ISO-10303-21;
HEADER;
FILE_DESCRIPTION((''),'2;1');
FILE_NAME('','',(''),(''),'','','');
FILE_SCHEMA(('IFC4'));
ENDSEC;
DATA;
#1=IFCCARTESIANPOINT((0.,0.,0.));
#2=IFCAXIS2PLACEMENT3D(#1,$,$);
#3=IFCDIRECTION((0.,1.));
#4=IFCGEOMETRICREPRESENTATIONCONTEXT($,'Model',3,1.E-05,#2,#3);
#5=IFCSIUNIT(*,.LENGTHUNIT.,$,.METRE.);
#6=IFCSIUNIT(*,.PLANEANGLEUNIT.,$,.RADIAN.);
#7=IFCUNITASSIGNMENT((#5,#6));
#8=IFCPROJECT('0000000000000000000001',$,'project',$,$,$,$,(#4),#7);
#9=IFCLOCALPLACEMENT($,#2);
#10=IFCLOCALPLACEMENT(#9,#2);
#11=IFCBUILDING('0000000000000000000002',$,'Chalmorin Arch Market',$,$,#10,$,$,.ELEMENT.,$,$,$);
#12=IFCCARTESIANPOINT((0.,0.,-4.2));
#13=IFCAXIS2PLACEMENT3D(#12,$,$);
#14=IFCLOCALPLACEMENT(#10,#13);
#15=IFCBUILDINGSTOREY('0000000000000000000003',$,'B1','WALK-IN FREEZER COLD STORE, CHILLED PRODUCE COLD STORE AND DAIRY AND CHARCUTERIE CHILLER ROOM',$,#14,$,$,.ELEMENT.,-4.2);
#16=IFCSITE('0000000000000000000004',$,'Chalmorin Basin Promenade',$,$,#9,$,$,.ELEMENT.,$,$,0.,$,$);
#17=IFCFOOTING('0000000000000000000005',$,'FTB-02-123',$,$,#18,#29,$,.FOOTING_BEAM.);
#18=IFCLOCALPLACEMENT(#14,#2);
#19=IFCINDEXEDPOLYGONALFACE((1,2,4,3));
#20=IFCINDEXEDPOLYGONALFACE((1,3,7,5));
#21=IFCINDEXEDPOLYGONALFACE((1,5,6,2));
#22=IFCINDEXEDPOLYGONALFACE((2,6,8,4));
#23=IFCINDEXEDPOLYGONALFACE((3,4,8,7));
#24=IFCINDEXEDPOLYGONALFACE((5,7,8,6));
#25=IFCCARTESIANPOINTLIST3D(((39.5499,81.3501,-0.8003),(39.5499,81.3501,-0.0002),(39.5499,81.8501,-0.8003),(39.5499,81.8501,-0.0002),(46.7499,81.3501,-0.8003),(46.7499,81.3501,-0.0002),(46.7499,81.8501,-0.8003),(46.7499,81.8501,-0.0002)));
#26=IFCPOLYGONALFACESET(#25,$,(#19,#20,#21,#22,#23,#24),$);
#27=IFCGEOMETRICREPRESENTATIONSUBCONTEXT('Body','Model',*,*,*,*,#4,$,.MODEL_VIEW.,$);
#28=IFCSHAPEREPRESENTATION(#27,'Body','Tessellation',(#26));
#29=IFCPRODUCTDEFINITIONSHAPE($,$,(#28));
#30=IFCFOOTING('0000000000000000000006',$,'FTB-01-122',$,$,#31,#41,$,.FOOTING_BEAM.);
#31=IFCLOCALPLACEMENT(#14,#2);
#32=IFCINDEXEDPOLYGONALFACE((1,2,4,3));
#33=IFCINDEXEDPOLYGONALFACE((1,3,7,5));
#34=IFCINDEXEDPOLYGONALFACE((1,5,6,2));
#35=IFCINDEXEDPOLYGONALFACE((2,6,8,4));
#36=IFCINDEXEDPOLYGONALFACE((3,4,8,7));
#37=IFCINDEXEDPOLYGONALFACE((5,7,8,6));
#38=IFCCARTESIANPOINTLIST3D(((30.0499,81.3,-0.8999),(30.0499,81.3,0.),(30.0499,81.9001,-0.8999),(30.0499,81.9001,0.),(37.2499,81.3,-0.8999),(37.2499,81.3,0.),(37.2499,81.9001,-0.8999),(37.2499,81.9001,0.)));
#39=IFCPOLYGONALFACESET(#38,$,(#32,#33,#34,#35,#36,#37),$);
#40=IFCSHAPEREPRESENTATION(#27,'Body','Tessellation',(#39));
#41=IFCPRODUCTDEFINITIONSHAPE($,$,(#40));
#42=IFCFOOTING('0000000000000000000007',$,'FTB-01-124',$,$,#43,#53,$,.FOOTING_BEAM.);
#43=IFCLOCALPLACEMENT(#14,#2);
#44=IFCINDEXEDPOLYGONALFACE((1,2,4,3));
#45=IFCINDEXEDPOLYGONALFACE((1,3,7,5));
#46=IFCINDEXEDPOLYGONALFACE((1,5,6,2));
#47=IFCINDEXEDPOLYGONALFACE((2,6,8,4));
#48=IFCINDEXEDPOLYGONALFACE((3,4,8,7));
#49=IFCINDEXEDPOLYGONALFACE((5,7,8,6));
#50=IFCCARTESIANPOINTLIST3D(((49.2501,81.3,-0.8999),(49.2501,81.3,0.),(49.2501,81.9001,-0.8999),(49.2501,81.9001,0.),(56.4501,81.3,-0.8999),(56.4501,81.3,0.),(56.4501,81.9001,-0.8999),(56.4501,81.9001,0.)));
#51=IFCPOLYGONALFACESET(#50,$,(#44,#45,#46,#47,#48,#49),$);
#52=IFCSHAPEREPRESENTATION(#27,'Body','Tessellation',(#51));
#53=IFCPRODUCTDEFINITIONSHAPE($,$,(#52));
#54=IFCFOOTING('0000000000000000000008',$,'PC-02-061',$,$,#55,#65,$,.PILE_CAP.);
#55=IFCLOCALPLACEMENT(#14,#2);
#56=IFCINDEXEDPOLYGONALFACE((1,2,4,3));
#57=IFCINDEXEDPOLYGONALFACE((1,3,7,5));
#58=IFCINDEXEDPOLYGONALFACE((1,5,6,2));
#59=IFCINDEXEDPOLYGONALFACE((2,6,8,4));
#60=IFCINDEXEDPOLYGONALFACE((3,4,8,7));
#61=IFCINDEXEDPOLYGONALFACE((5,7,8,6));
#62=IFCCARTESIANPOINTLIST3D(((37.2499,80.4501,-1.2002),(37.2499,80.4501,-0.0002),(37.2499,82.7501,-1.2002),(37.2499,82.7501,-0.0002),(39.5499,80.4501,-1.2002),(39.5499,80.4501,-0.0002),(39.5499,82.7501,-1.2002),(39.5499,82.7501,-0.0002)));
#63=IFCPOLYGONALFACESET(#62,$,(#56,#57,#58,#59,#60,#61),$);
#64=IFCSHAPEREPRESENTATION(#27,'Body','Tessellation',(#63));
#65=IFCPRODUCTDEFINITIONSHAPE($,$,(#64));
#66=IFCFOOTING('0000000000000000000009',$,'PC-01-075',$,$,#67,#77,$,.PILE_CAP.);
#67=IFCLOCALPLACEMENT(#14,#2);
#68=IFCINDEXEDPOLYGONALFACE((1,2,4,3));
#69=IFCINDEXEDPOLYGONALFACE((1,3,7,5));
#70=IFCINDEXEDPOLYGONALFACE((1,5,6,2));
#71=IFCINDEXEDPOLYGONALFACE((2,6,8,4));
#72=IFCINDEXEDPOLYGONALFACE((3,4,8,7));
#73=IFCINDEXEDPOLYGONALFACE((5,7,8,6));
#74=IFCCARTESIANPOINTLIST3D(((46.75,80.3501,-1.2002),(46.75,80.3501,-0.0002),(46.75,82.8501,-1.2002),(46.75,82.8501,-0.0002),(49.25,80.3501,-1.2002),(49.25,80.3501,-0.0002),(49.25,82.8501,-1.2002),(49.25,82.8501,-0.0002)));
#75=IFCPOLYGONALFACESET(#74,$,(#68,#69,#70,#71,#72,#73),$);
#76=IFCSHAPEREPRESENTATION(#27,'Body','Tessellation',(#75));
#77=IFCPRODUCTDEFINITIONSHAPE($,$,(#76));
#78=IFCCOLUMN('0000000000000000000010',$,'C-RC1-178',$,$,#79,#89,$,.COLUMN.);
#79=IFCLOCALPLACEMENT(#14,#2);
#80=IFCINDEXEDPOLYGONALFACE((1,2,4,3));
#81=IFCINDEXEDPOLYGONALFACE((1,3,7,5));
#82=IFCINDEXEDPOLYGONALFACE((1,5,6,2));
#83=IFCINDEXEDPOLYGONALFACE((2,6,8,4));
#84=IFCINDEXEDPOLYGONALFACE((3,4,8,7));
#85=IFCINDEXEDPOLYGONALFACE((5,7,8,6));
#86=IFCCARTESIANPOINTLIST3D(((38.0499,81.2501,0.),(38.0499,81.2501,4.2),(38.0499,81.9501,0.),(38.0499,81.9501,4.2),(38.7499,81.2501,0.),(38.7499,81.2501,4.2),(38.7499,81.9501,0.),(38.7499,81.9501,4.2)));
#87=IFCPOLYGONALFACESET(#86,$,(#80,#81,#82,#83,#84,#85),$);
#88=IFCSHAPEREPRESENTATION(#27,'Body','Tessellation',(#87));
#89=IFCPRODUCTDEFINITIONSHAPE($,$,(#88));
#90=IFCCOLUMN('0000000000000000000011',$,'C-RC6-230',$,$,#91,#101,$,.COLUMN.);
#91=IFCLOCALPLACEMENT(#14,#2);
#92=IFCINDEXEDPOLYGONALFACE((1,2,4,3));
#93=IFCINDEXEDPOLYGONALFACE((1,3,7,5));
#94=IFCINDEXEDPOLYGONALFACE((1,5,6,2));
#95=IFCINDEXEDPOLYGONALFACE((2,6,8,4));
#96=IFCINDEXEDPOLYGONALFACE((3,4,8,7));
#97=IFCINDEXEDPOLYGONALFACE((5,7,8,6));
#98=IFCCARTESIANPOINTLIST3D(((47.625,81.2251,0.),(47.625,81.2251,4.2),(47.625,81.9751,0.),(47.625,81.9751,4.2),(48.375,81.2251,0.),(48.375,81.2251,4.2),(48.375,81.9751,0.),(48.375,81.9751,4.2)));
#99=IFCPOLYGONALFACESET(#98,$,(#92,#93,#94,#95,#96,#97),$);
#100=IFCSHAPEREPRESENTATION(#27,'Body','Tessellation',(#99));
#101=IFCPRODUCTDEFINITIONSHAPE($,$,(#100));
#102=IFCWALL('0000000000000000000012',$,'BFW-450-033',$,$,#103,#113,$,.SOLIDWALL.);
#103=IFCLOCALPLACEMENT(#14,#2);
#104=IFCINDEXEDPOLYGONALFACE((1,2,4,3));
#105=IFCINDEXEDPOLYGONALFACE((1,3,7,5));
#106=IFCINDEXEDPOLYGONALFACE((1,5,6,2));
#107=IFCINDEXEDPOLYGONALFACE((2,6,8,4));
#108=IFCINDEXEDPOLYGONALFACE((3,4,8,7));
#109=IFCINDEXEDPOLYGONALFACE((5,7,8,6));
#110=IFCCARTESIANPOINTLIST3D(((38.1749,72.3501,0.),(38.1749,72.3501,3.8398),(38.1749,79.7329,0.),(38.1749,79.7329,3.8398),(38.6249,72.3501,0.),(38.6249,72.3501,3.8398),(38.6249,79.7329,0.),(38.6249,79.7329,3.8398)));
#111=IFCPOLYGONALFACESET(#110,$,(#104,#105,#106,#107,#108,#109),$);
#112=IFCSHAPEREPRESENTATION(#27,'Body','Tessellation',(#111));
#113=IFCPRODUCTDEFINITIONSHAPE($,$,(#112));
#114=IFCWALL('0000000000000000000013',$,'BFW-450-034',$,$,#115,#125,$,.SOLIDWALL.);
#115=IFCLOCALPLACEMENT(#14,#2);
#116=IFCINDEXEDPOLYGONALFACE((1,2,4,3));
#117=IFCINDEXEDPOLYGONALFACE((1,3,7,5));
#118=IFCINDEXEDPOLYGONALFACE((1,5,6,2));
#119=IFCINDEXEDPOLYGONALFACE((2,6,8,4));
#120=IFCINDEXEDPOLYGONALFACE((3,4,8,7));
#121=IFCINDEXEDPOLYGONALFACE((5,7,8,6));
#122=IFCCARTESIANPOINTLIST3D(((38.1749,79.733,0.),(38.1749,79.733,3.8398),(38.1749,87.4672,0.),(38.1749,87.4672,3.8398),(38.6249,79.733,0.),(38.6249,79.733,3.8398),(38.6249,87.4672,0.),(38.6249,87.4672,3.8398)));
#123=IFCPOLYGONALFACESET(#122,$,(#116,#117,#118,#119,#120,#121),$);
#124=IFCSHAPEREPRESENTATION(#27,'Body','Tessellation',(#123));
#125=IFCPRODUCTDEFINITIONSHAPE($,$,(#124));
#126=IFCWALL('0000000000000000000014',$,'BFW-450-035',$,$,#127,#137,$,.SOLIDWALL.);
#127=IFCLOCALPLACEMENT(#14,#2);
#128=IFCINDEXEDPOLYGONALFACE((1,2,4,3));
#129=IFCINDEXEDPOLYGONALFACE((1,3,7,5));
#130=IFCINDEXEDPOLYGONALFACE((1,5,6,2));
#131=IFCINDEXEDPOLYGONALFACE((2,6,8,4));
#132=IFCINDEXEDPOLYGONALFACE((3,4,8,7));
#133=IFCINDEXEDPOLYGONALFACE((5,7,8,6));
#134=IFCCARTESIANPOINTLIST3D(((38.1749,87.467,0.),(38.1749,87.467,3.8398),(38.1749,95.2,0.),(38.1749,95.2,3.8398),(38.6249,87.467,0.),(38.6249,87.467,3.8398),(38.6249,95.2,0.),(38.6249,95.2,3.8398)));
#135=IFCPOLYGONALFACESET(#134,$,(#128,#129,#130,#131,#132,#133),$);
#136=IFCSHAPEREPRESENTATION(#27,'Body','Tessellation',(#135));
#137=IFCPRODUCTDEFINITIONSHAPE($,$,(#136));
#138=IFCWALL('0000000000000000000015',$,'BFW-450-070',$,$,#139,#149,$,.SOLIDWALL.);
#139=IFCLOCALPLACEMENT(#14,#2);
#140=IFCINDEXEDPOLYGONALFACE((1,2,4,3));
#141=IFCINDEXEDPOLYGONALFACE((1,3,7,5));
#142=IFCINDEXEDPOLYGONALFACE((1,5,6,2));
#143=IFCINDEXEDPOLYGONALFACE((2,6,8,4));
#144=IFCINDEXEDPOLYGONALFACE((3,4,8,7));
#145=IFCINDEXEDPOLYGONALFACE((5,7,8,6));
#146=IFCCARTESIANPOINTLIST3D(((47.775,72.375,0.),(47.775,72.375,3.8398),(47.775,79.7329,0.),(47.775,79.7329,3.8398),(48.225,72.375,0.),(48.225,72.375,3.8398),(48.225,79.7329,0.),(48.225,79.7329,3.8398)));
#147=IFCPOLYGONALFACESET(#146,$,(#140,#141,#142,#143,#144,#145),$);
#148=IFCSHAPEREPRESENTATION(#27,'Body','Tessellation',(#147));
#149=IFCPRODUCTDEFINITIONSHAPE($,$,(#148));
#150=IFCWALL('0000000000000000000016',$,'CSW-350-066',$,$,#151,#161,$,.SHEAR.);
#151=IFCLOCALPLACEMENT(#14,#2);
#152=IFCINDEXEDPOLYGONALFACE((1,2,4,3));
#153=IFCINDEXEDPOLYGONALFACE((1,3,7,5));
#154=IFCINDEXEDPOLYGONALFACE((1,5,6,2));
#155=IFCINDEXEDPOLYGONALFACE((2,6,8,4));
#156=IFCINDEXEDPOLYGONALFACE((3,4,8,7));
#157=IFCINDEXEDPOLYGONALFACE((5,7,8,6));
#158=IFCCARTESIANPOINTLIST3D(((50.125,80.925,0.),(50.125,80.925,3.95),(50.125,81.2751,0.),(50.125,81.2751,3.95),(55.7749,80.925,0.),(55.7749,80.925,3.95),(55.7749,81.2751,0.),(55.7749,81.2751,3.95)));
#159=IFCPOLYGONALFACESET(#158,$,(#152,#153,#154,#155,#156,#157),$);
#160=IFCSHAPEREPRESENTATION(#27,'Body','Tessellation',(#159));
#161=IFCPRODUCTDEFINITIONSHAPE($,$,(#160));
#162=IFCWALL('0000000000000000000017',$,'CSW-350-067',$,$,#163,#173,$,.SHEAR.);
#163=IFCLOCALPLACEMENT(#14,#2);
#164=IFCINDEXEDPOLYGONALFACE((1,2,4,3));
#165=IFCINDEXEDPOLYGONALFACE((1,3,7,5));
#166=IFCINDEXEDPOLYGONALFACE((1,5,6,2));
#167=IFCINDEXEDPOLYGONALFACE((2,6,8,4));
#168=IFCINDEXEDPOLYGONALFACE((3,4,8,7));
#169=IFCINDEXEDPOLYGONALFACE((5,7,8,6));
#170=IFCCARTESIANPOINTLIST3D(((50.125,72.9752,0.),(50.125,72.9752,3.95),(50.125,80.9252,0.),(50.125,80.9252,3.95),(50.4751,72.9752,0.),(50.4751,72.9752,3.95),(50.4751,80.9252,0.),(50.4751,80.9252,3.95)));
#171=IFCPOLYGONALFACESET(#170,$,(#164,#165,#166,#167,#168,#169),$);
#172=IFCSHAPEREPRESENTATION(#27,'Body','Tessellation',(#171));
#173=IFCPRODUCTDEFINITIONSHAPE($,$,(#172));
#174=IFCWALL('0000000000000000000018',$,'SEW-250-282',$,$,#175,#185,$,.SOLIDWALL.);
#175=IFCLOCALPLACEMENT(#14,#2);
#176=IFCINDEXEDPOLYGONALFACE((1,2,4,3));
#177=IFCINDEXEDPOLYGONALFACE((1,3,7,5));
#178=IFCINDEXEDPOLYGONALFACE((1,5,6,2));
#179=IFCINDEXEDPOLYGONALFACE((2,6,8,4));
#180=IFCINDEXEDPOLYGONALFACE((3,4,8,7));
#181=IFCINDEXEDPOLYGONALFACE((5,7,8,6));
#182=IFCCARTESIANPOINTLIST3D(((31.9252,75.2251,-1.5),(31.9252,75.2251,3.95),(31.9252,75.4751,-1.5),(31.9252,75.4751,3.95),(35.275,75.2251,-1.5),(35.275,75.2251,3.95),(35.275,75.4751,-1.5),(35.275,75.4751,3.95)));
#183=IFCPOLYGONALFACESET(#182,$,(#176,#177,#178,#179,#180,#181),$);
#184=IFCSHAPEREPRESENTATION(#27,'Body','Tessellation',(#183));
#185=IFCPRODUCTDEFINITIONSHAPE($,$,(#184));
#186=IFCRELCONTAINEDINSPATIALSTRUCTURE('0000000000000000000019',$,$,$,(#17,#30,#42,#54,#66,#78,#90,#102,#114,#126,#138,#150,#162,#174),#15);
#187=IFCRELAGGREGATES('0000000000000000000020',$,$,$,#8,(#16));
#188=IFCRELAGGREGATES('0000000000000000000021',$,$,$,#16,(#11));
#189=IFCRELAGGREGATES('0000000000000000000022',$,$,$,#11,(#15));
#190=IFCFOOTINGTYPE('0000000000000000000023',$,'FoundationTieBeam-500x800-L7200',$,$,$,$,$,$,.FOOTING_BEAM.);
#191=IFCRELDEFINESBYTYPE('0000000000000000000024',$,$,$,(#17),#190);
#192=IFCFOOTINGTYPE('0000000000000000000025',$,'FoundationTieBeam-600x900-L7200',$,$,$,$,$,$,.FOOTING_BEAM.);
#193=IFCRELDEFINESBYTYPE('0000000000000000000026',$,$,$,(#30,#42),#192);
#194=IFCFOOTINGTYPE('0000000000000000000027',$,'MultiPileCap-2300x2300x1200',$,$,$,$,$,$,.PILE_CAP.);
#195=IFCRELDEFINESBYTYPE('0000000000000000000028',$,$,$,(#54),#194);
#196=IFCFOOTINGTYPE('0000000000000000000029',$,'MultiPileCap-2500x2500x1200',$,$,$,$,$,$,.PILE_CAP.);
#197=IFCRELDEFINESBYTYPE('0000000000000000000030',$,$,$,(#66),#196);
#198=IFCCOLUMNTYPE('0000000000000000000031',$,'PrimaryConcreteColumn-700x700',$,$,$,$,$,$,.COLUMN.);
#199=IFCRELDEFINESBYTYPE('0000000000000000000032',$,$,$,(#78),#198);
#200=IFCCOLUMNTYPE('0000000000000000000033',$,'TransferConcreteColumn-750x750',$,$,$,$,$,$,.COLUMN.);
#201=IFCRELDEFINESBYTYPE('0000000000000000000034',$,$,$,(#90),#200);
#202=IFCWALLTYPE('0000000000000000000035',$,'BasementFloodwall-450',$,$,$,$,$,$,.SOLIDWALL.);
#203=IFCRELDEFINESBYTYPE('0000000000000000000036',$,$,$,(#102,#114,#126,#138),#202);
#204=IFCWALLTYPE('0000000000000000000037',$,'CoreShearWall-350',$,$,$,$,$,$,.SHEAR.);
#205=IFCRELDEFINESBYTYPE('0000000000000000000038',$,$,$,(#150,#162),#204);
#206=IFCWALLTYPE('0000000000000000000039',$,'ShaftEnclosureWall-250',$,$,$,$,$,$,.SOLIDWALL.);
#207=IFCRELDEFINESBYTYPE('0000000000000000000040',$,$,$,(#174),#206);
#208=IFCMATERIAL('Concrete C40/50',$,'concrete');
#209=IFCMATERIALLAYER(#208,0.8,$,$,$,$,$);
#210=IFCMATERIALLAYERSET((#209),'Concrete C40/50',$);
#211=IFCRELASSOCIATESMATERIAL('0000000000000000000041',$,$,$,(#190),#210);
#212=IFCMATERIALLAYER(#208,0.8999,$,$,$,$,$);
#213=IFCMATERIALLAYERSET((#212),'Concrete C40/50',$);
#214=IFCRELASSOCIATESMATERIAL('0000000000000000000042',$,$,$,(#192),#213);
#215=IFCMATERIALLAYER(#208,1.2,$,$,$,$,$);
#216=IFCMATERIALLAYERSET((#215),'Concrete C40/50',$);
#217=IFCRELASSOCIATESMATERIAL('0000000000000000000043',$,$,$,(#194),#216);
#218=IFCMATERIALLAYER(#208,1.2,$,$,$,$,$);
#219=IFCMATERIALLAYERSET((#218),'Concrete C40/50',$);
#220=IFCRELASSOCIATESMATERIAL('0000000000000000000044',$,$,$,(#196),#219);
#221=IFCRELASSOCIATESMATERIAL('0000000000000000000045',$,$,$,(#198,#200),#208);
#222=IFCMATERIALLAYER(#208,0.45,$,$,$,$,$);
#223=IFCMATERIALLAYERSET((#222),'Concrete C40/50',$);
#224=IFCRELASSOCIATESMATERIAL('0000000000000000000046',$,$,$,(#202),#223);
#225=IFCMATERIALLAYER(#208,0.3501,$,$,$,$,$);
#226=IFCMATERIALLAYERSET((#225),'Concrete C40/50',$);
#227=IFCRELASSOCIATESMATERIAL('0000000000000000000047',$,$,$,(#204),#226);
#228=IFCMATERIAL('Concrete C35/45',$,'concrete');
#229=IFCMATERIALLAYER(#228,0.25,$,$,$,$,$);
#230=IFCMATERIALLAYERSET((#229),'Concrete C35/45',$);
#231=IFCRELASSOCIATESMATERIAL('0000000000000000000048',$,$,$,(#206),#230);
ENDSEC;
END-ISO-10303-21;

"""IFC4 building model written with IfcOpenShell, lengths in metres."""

from ifc_helpers import new_model, si_unit, direction, frame, frame_2d, origin, origin_2d, place, context, subcontext, project, spatial, rectangle, extrude, material, layer, layer_set, material_profile, profile_set, type_object, element, save


model = new_model("IFC4")

# Units and contexts
model_context = context("Model", 3, precision=1e-05, world=origin(), true_north=direction((0.0, 1.0)))
body_context = subcontext(model_context, "Body", "Model", "MODEL_VIEW")
ifc_project = project(units=[si_unit("LENGTHUNIT", "METRE"), si_unit("PLANEANGLEUNIT", "RADIAN")], contexts=[model_context])

# Site, building, storey
site_placement = place(None, origin())
site = spatial("IfcSite", under=ifc_project, at=site_placement, Name="Chalmorin Basin Promenade", CompositionType="ELEMENT", RefElevation=0.0)
building_placement = place(site_placement, origin())
building = spatial("IfcBuilding", under=site, at=building_placement, Name="Chalmorin Arch Market", CompositionType="ELEMENT")
storey_placement = place(building_placement, frame((0.0, 0.0, -4.2)))
storey = spatial("IfcBuildingStorey", under=building, at=storey_placement, Name="B1", Description="WALK-IN FREEZER COLD STORE, CHILLED PRODUCE COLD STORE AND DAIRY AND CHARCUTERIE CHILLER ROOM", CompositionType="ELEMENT", Elevation=-4.2)

# Footings
ifc_material_1 = material(Name="Concrete C40/50", Category="concrete")
ifc_layer_1 = layer(ifc_material_1, 0.8)
ifc_layer_set_1 = layer_set([ifc_layer_1], Name="Concrete C40/50")
footing_type_1 = type_object("IfcFootingType", Name="FoundationTieBeam-500x800-L7200", PredefinedType="FOOTING_BEAM", material=ifc_layer_set_1)
footing_1_placement = place(storey_placement, frame((43.1499, 81.6001, -0.8003), z_axis=(0.0, 0.0, 1.0), x_axis=(1.0, 0.0, 0.0)))
element("IfcFooting", 1, at=footing_1_placement, inside=storey, type_object=footing_type_1, Name="FTB-02-123", PredefinedType="FOOTING_BEAM", context=body_context, shape_type="SweptSolid", body=[
    extrude(rectangle(XDim=7.2, YDim=0.5, at=origin_2d()), origin(), (0.0, 0.0, 1.0), 0.8),
])
ifc_layer_2 = layer(ifc_material_1, 0.8999)
ifc_layer_set_2 = layer_set([ifc_layer_2], Name="Concrete C40/50")
footing_type_2 = type_object("IfcFootingType", Name="FoundationTieBeam-600x900-L7200", PredefinedType="FOOTING_BEAM", material=ifc_layer_set_2)
for number, where, z_axis, x_axis, name in (
    (2, (33.6499, 81.6001, -0.8999), (0.0, 0.0, 1.0), (1.0, 0.0, 0.0), "FTB-01-122"),
    (3, (52.8501, 81.6001, -0.8999), (0.0, 0.0, 1.0), (1.0, 0.0, 0.0), "FTB-01-124"),
):
    element("IfcFooting", number, at=place(storey_placement, frame(where, z_axis=z_axis, x_axis=x_axis)), inside=storey, type_object=footing_type_2, Name=name, PredefinedType="FOOTING_BEAM", context=body_context, shape_type="SweptSolid", body=[
        extrude(rectangle(XDim=7.2, YDim=0.6001, at=origin_2d()), origin(), (0.0, 0.0, 1.0), 0.8999),
    ])
ifc_layer_3 = layer(ifc_material_1, 1.2)
ifc_layer_set_3 = layer_set([ifc_layer_3], Name="Concrete C40/50")
footing_type_3 = type_object("IfcFootingType", Name="MultiPileCap-2300x2300x1200", PredefinedType="PILE_CAP", material=ifc_layer_set_3)
footing_2_placement = place(storey_placement, frame((38.3999, 81.6001, -1.2002), z_axis=(0.0, 0.0, 1.0), x_axis=(1.0, 0.0, 0.0)))
element("IfcFooting", 4, at=footing_2_placement, inside=storey, type_object=footing_type_3, Name="PC-02-061", PredefinedType="PILE_CAP", context=body_context, shape_type="SweptSolid", body=[
    extrude(rectangle(XDim=2.3, YDim=2.3, at=origin_2d()), origin(), (0.0, 0.0, 1.0), 1.2),
])
ifc_layer_4 = layer(ifc_material_1, 1.2)
ifc_layer_set_4 = layer_set([ifc_layer_4], Name="Concrete C40/50")
footing_type_4 = type_object("IfcFootingType", Name="MultiPileCap-2500x2500x1200", PredefinedType="PILE_CAP", material=ifc_layer_set_4)
footing_3_placement = place(storey_placement, frame((48.0, 81.6001, -1.2002), z_axis=(0.0, 0.0, 1.0), x_axis=(1.0, 0.0, 0.0)))
element("IfcFooting", 5, at=footing_3_placement, inside=storey, type_object=footing_type_4, Name="PC-01-075", PredefinedType="PILE_CAP", context=body_context, shape_type="SweptSolid", body=[
    extrude(rectangle(XDim=2.5, YDim=2.5, at=origin_2d()), origin(), (0.0, 0.0, 1.0), 1.2),
])

# Columns
ifc_material_profile_1 = material_profile(ifc_material_1, rectangle(XDim=0.7, YDim=0.7, at=origin_2d()), Name="RC700X700")
ifc_profile_set_1 = profile_set([ifc_material_profile_1], Name="Concrete C40/50")
column_type_1 = type_object("IfcColumnType", Name="PrimaryConcreteColumn-700x700", PredefinedType="COLUMN", material=ifc_profile_set_1)
column_1_placement = place(storey_placement, frame((38.3999, 81.6001, 0.0), z_axis=(0.0, 0.0, 1.0), x_axis=(1.0, 0.0, 0.0)))
element("IfcColumn", 6, at=column_1_placement, inside=storey, type_object=column_type_1, Name="C-RC1-178", PredefinedType="COLUMN", context=body_context, shape_type="SweptSolid", body=[
    extrude(rectangle(XDim=0.7, YDim=0.7, at=origin_2d()), origin(), (0.0, 0.0, 1.0), 4.2),
])
ifc_material_profile_2 = material_profile(ifc_material_1, rectangle(XDim=0.75, YDim=0.75, at=origin_2d()), Name="RC750X750")
ifc_profile_set_2 = profile_set([ifc_material_profile_2], Name="Concrete C40/50")
column_type_2 = type_object("IfcColumnType", Name="TransferConcreteColumn-750x750", PredefinedType="COLUMN", material=ifc_profile_set_2)
column_2_placement = place(storey_placement, frame((48.0, 81.6001, 0.0), z_axis=(0.0, 0.0, 1.0), x_axis=(1.0, 0.0, 0.0)))
element("IfcColumn", 7, at=column_2_placement, inside=storey, type_object=column_type_2, Name="C-RC6-230", PredefinedType="COLUMN", context=body_context, shape_type="SweptSolid", body=[
    extrude(rectangle(XDim=0.75, YDim=0.75, at=origin_2d()), origin(), (0.0, 0.0, 1.0), 4.2),
])

# Walls
ifc_layer_5 = layer(ifc_material_1, 0.45)
ifc_layer_set_5 = layer_set([ifc_layer_5], Name="Concrete C40/50")
wall_type_1 = type_object("IfcWallType", Name="BasementFloodwall-450", PredefinedType="SOLIDWALL", material=ifc_layer_set_5)
wall_1_placement = place(storey_placement, frame((38.3999, 72.3501, 0.0), z_axis=(0.0, 0.0, 1.0), x_axis=(0.0, 1.0, 0.0)))
element("IfcWall", 8, at=wall_1_placement, inside=storey, type_object=wall_type_1, Name="BFW-450-033", PredefinedType="SOLIDWALL", context=body_context, shape_type="SweptSolid", body=[
    extrude(rectangle(XDim=7.3828, YDim=0.45, at=frame_2d((3.6914, 0.0))), origin(), (0.0, 0.0, 1.0), 3.8398),
])
wall_2_placement = place(storey_placement, frame((38.3999, 79.7329, 0.0), z_axis=(0.0, 0.0, 1.0), x_axis=(0.0, 1.0, 0.0)))
element("IfcWall", 9, at=wall_2_placement, inside=storey, type_object=wall_type_1, Name="BFW-450-034", PredefinedType="SOLIDWALL", context=body_context, shape_type="SweptSolid", body=[
    extrude(rectangle(XDim=7.7341, YDim=0.45, at=frame_2d((3.8672, 0.0))), origin(), (0.0, 0.0, 1.0), 3.8398),
])
wall_3_placement = place(storey_placement, frame((38.3999, 87.467, 0.0), z_axis=(0.0, 0.0, 1.0), x_axis=(0.0, 1.0, 0.0)))
element("IfcWall", 10, at=wall_3_placement, inside=storey, type_object=wall_type_1, Name="BFW-450-035", PredefinedType="SOLIDWALL", context=body_context, shape_type="SweptSolid", body=[
    extrude(rectangle(XDim=7.7329, YDim=0.45, at=frame_2d((3.8665, 0.0))), origin(), (0.0, 0.0, 1.0), 3.8398),
])
wall_4_placement = place(storey_placement, frame((48.0, 79.7329, 0.0), z_axis=(0.0, 0.0, 1.0), x_axis=(0.0, -1.0, 0.0)))
element("IfcWall", 11, at=wall_4_placement, inside=storey, type_object=wall_type_1, Name="BFW-450-070", PredefinedType="SOLIDWALL", context=body_context, shape_type="SweptSolid", body=[
    extrude(rectangle(XDim=7.3579, YDim=0.45, at=frame_2d((3.679, 0.0))), origin(), (0.0, 0.0, 1.0), 3.8398),
])
ifc_layer_6 = layer(ifc_material_1, 0.3501)
ifc_layer_set_6 = layer_set([ifc_layer_6], Name="Concrete C40/50")
wall_type_2 = type_object("IfcWallType", Name="CoreShearWall-350", PredefinedType="SHEAR", material=ifc_layer_set_6)
wall_5_placement = place(storey_placement, frame((50.125, 81.1001, 0.0), z_axis=(0.0, 0.0, 1.0), x_axis=(1.0, 0.0, 0.0)))
element("IfcWall", 12, at=wall_5_placement, inside=storey, type_object=wall_type_2, Name="CSW-350-066", PredefinedType="SHEAR", context=body_context, shape_type="SweptSolid", body=[
    extrude(rectangle(XDim=5.6499, YDim=0.3501, at=frame_2d((2.825, 0.0))), origin(), (0.0, 0.0, 1.0), 3.95),
])
wall_6_placement = place(storey_placement, frame((50.3, 72.9751, 0.0), z_axis=(0.0, 0.0, 1.0), x_axis=(0.0, 1.0, 0.0)))
element("IfcWall", 13, at=wall_6_placement, inside=storey, type_object=wall_type_2, Name="CSW-350-067", PredefinedType="SHEAR", context=body_context, shape_type="SweptSolid", body=[
    extrude(rectangle(XDim=7.95, YDim=0.3501, at=frame_2d((3.9751, 0.0))), origin(), (0.0, 0.0, 1.0), 3.95),
])
ifc_material_2 = material(Name="Concrete C35/45", Category="concrete")
ifc_layer_7 = layer(ifc_material_2, 0.25)
ifc_layer_set_7 = layer_set([ifc_layer_7], Name="Concrete C35/45")
wall_type_3 = type_object("IfcWallType", Name="ShaftEnclosureWall-250", PredefinedType="SOLIDWALL", material=ifc_layer_set_7)
wall_7_placement = place(storey_placement, frame((35.2749, 75.3501, -1.5), z_axis=(0.0, 0.0, 1.0), x_axis=(-1.0, 0.0, 0.0)))
element("IfcWall", 14, at=wall_7_placement, inside=storey, type_object=wall_type_3, Name="SEW-250-282", PredefinedType="SOLIDWALL", context=body_context, shape_type="SweptSolid", body=[
    extrude(rectangle(XDim=3.3499, YDim=0.25, at=frame_2d((1.6748, 0.0))), origin(), (0.0, 0.0, 1.0), 5.45),
])

save(model, "model.ifc")
